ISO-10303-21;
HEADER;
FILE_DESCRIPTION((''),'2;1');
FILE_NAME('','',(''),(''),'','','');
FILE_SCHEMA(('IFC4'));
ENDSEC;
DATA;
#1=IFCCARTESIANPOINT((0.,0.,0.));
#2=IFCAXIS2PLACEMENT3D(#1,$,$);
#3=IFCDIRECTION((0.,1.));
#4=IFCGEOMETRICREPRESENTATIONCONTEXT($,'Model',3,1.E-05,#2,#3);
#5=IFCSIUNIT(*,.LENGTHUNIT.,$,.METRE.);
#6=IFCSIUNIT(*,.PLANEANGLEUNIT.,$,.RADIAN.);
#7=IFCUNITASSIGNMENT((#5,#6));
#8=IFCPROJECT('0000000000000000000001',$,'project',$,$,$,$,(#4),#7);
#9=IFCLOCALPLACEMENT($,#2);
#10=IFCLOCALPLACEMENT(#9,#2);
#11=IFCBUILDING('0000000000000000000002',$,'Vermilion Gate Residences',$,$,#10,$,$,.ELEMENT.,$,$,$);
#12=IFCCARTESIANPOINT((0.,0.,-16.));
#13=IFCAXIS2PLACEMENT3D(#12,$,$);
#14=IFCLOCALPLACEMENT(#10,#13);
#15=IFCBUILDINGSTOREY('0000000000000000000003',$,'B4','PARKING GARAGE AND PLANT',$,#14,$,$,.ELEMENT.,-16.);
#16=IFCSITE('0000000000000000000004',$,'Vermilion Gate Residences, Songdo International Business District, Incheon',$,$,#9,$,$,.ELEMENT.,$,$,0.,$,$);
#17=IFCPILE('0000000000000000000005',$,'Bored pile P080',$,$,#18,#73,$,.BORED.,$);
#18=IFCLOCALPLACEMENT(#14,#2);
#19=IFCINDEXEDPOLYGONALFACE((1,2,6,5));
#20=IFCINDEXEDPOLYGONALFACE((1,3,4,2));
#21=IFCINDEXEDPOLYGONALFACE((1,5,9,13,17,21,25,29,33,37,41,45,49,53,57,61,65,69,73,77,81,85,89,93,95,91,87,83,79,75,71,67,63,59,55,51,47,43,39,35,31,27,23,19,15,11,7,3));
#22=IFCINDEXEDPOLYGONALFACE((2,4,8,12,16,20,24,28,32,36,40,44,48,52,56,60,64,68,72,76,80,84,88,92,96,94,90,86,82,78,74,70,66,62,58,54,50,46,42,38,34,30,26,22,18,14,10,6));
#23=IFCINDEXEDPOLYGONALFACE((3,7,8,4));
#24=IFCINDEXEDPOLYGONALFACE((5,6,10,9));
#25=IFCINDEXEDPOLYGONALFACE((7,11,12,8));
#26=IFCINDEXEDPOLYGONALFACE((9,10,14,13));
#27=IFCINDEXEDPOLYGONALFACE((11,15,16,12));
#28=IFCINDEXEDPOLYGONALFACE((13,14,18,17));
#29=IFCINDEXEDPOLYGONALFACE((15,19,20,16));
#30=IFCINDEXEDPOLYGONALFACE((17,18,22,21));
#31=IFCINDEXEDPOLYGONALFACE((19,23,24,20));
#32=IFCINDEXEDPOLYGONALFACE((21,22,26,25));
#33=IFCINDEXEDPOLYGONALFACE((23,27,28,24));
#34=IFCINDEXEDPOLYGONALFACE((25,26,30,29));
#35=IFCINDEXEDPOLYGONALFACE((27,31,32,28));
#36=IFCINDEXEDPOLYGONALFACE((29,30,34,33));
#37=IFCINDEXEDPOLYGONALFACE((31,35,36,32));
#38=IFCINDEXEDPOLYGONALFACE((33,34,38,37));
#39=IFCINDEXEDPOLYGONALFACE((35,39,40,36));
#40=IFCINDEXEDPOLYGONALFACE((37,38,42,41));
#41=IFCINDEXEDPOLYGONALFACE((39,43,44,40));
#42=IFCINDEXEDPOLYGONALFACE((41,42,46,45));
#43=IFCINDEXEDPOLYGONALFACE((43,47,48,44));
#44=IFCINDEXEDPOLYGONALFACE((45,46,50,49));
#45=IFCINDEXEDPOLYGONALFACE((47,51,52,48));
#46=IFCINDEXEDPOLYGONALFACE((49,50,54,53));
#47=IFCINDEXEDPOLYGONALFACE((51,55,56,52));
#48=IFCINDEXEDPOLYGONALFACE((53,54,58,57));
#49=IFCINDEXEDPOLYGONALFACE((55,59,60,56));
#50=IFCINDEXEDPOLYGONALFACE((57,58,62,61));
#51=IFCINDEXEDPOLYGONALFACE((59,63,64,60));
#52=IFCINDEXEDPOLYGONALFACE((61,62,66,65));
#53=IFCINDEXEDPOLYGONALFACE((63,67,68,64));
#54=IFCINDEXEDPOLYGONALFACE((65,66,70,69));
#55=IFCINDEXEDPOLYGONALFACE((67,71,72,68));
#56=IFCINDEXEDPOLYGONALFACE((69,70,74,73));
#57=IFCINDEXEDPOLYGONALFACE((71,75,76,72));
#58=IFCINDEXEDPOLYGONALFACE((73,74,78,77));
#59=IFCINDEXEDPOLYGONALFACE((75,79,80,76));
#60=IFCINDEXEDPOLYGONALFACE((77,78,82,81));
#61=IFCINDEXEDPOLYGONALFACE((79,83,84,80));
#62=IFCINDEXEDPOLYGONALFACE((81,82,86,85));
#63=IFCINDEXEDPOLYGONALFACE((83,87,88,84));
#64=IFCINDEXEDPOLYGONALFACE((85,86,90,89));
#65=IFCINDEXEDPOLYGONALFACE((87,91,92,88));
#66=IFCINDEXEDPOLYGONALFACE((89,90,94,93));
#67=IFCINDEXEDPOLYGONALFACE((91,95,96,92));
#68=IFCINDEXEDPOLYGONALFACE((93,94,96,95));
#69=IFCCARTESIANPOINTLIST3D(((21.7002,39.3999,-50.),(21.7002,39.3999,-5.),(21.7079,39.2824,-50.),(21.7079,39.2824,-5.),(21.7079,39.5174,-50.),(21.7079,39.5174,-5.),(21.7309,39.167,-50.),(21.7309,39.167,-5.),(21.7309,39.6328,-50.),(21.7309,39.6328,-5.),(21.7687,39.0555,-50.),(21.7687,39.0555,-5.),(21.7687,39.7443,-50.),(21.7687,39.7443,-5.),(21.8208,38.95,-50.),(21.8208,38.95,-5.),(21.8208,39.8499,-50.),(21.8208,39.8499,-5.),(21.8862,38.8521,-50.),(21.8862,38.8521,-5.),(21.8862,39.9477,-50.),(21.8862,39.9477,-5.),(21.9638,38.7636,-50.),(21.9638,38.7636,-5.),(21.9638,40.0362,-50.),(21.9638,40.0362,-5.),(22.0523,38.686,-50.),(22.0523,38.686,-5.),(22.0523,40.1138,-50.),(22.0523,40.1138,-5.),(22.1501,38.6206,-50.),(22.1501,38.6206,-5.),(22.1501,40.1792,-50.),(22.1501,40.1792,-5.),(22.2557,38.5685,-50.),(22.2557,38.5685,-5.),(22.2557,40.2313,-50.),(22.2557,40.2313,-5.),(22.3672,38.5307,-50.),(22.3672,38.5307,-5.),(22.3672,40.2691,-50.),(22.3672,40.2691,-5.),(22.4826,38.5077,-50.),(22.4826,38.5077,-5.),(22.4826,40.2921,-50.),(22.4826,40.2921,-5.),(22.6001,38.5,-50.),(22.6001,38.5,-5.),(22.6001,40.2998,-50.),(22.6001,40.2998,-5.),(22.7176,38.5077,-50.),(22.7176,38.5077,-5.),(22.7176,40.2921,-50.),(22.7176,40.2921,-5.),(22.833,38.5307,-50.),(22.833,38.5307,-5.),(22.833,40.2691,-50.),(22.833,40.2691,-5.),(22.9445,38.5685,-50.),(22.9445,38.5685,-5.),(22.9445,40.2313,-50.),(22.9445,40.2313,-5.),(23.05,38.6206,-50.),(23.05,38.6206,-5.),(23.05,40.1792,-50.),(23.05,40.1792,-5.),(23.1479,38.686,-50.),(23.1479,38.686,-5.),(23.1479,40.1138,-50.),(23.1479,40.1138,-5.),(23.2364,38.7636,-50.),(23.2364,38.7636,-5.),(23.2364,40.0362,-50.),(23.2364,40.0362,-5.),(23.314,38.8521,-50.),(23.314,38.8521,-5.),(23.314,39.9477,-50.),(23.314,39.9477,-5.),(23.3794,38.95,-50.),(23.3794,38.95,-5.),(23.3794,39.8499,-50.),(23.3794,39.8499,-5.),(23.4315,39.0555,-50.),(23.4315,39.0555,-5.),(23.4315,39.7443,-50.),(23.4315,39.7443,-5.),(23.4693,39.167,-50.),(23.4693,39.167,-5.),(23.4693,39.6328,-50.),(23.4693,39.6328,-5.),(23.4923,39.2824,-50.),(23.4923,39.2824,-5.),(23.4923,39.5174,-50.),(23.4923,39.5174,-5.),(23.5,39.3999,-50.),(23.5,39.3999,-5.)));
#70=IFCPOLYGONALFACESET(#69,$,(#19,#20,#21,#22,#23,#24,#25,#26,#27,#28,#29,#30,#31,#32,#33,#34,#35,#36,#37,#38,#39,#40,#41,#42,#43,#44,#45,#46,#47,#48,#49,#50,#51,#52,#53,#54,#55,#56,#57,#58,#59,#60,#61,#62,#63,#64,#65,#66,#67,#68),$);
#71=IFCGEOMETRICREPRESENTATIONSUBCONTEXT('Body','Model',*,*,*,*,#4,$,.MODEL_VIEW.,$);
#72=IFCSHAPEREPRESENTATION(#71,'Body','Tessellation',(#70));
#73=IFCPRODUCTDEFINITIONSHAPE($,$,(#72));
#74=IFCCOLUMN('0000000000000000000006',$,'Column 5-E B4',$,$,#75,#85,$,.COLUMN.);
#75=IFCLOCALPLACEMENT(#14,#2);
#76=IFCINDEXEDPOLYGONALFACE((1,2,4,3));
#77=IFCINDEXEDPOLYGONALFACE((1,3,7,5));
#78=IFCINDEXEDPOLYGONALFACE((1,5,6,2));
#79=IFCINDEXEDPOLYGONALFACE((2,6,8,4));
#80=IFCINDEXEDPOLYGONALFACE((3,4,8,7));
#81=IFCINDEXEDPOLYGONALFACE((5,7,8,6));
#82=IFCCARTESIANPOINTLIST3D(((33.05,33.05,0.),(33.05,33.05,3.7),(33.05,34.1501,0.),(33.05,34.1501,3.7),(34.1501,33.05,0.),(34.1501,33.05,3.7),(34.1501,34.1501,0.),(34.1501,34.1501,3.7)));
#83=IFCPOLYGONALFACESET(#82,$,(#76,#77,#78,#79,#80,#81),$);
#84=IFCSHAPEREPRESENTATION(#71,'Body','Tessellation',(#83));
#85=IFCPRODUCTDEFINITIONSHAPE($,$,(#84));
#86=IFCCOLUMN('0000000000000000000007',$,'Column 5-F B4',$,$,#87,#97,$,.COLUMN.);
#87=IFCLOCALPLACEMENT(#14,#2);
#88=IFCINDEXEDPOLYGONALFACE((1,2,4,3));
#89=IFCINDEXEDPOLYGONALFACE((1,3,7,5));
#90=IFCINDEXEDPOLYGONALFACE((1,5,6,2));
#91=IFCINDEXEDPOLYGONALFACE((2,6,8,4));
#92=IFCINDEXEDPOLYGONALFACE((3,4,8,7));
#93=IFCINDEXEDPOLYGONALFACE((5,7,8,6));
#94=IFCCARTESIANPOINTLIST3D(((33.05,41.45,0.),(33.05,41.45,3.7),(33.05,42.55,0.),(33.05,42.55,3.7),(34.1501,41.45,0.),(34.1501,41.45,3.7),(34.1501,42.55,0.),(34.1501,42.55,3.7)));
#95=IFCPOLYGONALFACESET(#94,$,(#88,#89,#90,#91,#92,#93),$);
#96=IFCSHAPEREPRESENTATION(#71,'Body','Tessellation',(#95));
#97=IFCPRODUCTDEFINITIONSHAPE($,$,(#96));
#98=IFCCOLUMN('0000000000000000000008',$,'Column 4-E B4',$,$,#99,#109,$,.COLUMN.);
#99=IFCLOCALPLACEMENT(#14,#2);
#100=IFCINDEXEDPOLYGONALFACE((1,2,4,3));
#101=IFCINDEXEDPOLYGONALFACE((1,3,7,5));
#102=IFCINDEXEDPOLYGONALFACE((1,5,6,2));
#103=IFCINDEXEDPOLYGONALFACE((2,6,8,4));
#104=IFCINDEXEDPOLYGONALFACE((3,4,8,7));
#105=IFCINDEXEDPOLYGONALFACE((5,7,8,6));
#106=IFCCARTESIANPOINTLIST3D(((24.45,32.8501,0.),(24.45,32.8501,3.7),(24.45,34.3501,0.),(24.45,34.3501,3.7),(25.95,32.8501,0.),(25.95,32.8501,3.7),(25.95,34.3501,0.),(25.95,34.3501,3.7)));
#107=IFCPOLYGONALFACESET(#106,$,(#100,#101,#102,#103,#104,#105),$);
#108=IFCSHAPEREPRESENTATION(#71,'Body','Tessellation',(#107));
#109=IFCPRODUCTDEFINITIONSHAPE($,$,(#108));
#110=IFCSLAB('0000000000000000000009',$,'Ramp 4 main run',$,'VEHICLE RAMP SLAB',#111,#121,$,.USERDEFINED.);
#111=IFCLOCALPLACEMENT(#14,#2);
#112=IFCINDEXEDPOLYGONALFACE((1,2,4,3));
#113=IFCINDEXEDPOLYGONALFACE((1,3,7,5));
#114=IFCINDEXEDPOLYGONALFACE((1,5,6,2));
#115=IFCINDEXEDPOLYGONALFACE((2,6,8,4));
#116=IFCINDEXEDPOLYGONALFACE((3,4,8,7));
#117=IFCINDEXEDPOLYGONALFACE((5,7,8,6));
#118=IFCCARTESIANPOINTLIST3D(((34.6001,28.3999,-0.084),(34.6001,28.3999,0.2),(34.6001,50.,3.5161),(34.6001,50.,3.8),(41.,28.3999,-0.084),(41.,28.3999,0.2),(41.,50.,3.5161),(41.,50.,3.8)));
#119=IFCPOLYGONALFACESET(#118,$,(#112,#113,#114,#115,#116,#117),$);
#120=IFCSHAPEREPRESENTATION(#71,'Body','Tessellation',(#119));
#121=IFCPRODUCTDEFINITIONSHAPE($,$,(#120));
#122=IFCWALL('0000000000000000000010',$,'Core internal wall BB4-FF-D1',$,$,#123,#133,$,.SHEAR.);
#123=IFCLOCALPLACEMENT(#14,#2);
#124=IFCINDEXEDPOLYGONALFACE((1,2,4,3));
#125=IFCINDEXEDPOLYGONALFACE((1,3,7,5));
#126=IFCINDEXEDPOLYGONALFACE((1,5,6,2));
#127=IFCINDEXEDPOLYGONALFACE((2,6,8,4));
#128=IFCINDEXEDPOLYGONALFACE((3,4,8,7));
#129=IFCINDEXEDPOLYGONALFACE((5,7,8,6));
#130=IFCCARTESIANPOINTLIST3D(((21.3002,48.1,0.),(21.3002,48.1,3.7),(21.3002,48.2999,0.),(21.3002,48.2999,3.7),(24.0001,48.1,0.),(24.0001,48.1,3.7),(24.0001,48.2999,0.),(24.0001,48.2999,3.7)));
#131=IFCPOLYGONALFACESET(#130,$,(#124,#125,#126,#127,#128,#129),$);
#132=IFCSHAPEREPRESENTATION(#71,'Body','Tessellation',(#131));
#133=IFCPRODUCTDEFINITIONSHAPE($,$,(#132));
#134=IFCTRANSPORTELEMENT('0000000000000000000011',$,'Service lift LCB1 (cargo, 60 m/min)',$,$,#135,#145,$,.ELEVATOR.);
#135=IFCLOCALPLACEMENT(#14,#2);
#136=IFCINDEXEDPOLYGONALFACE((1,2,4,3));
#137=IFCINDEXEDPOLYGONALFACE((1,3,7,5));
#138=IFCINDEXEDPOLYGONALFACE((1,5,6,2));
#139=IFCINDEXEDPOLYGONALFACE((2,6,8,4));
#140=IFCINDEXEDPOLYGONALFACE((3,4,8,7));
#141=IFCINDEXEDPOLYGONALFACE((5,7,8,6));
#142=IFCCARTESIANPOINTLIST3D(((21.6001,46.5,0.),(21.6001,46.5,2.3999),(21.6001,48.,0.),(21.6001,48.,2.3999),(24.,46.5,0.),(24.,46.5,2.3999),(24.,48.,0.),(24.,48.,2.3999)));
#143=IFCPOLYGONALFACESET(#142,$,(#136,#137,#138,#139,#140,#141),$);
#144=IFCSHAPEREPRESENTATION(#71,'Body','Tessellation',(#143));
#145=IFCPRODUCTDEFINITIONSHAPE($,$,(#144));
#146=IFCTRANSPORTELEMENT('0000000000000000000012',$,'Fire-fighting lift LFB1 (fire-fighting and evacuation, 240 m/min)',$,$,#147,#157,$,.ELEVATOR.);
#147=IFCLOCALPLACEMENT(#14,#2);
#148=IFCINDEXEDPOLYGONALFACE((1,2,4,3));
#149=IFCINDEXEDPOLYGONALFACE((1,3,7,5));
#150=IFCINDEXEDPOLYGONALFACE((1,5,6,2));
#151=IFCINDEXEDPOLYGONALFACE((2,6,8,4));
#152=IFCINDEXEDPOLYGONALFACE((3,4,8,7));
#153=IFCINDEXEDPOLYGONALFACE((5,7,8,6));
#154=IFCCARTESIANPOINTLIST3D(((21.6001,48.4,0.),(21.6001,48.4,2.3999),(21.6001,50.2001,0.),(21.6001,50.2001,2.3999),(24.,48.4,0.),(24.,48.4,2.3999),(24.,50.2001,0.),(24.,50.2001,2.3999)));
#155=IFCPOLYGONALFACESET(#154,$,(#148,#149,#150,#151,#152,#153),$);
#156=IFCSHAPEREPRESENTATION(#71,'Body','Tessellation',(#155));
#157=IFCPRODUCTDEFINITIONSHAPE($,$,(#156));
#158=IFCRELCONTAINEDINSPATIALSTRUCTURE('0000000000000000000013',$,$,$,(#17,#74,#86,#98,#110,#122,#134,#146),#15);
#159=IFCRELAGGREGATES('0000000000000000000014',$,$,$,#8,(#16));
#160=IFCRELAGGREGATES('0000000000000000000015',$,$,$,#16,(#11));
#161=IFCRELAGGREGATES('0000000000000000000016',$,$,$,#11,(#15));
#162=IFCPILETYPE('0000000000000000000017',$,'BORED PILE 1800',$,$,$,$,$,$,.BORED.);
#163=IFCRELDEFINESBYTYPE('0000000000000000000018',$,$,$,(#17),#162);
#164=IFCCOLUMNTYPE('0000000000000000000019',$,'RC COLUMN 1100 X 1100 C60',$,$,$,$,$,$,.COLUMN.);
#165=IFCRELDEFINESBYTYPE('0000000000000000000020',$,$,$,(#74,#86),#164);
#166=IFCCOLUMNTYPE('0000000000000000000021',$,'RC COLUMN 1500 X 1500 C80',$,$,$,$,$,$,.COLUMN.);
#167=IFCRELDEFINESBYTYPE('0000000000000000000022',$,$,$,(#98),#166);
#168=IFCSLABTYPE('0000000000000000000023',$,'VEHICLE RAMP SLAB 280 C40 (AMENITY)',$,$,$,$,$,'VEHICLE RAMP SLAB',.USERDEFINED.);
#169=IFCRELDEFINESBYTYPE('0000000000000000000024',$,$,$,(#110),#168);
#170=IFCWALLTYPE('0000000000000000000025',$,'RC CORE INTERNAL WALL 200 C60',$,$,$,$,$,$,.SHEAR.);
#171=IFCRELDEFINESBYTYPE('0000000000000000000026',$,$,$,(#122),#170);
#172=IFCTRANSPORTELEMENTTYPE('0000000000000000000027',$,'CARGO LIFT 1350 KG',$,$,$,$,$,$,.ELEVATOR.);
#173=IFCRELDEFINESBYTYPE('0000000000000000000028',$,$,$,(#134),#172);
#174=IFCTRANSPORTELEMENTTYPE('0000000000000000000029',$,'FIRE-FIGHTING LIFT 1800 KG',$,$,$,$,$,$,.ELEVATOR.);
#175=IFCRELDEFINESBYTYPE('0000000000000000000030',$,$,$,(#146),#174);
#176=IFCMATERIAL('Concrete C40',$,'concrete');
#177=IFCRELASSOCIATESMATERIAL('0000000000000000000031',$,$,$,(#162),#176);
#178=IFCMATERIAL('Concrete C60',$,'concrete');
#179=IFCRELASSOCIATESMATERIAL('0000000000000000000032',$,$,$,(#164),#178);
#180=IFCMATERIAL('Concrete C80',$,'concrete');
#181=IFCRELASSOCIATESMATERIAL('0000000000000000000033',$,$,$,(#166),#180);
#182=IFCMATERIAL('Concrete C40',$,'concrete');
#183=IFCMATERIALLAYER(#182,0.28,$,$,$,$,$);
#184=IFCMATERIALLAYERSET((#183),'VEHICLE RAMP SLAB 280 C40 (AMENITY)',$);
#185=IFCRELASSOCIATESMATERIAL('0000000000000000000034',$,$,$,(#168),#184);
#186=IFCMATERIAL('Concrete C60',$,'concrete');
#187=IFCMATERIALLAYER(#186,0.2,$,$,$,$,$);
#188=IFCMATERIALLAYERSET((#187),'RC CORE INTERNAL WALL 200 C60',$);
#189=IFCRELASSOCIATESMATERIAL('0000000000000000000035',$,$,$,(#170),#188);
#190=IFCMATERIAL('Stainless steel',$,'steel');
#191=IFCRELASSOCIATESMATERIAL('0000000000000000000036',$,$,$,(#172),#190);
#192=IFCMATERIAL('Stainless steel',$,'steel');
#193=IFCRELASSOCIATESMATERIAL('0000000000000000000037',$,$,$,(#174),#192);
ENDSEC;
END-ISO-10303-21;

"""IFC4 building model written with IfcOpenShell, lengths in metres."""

from ifc_helpers import new_model, si_unit, direction, frame, frame_2d, origin, origin_2d, place, context, subcontext, project, spatial, polyline, rectangle, circle, outline, extrude, material, layer, layer_set, material_profile, profile_set, type_object, element, save


model = new_model("IFC4")

# Units and contexts
model_context = context("Model", 3, precision=1e-05, world=origin(), true_north=direction((0.0, 1.0)))
body_context = subcontext(model_context, "Body", "Model", "MODEL_VIEW")
ifc_project = project(units=[si_unit("LENGTHUNIT", "METRE"), si_unit("PLANEANGLEUNIT", "RADIAN")], contexts=[model_context])

# Site, building, storey
site_placement = place(None, origin())
site = spatial("IfcSite", under=ifc_project, at=site_placement, Name="Vermilion Gate Residences, Songdo International Business District, Incheon", CompositionType="ELEMENT", RefElevation=0.0)
building_placement = place(site_placement, origin())
building = spatial("IfcBuilding", under=site, at=building_placement, Name="Vermilion Gate Residences", CompositionType="ELEMENT")
storey_placement = place(building_placement, frame((0.0, 0.0, -16.0)))
storey = spatial("IfcBuildingStorey", under=building, at=storey_placement, Name="B4", Description="PARKING GARAGE AND PLANT", CompositionType="ELEMENT", Elevation=-16.0)

# Pile
ifc_material_1 = material(Name="Concrete C40", Category="concrete")
ifc_material_profile_1 = material_profile(ifc_material_1, circle(Radius=0.8999, at=origin_2d()), Name="BORED PILE 1800")
ifc_profile_set_1 = profile_set([ifc_material_profile_1], Name="Concrete C40")
pile_type_1 = type_object("IfcPileType", Name="BORED PILE 1800", PredefinedType="BORED", material=ifc_profile_set_1)
for number, where, z_axis, x_axis, name in (
    (1, (22.6001, 39.3999, -5.0), (0.0, 0.0, -1.0), (1.0, 0.0, 0.0), "Bored pile P080"),
):
    element("IfcPile", number, at=place(storey_placement, frame(where, z_axis=z_axis, x_axis=x_axis)), inside=storey, type_object=pile_type_1, Name=name, PredefinedType="BORED", context=body_context, shape_type="SweptSolid", body=[
        extrude(circle(Radius=0.8999, at=origin_2d()), origin(), (0.0, 0.0, 1.0), 45.0),
    ])

# Columns
ifc_material_2 = material(Name="Concrete C60", Category="concrete")
ifc_material_profile_2 = material_profile(ifc_material_2, rectangle(XDim=1.1001, YDim=1.1001, at=origin_2d()), Name="RC-1100x1100")
ifc_profile_set_2 = profile_set([ifc_material_profile_2], Name="Concrete C60")
column_type_1 = type_object("IfcColumnType", Name="RC COLUMN 1100 X 1100 C60", PredefinedType="COLUMN", material=ifc_profile_set_2)
for number, where, z_axis, x_axis, name in (
    (2, (33.6001, 33.6001, 0.0), (0.0, 0.0, 1.0), (1.0, 0.0, 0.0), "Column 5-E B4"),
    (3, (33.6001, 42.0, 0.0), (0.0, 0.0, 1.0), (1.0, 0.0, 0.0), "Column 5-F B4"),
):
    element("IfcColumn", number, at=place(storey_placement, frame(where, z_axis=z_axis, x_axis=x_axis)), inside=storey, type_object=column_type_1, Name=name, PredefinedType="COLUMN", context=body_context, shape_type="SweptSolid", body=[
        extrude(rectangle(XDim=1.1001, YDim=1.1001, at=origin_2d()), origin(), (0.0, 0.0, 1.0), 3.7),
    ])
ifc_material_3 = material(Name="Concrete C80", Category="concrete")
ifc_material_profile_3 = material_profile(ifc_material_3, rectangle(XDim=1.5, YDim=1.5, at=origin_2d()), Name="RC-1500x1500")
ifc_profile_set_3 = profile_set([ifc_material_profile_3], Name="Concrete C80")
column_type_2 = type_object("IfcColumnType", Name="RC COLUMN 1500 X 1500 C80", PredefinedType="COLUMN", material=ifc_profile_set_3)
column_placement = place(storey_placement, frame((25.2, 33.6001, 0.0), z_axis=(0.0, 0.0, 1.0), x_axis=(1.0, 0.0, 0.0)))
element("IfcColumn", 4, at=column_placement, inside=storey, type_object=column_type_2, Name="Column 4-E B4", PredefinedType="COLUMN", context=body_context, shape_type="SweptSolid", body=[
    extrude(rectangle(XDim=1.5, YDim=1.5, at=origin_2d()), origin(), (0.0, 0.0, 1.0), 3.7),
])

# Slab
ifc_material_4 = material(Name="Concrete C40", Category="concrete")
ifc_layer_1 = layer(ifc_material_4, 0.28)
ifc_layer_set_1 = layer_set([ifc_layer_1], Name="VEHICLE RAMP SLAB 280 C40 (AMENITY)")
slab_type = type_object("IfcSlabType", Name="VEHICLE RAMP SLAB 280 C40 (AMENITY)", ElementType="VEHICLE RAMP SLAB", PredefinedType="USERDEFINED", material=ifc_layer_set_1)
slab_placement = place(storey_placement, frame((37.8, 50.0, 3.8), z_axis=(0.0, 0.0, 1.0), x_axis=(0.0, -1.0, 0.0)))
element("IfcSlab", 5, at=slab_placement, inside=storey, type_object=slab_type, Name="Ramp 4 main run", ObjectType="VEHICLE RAMP SLAB", PredefinedType="USERDEFINED", context=body_context, shape_type="SweptSolid", body=[
    extrude(outline(polyline([(0.0, 0.0), (21.6001, -3.6001), (21.6001, -3.884), (0.0, -0.2839), (0.0, 0.0)])), frame((0.0, 3.2, 0.0), z_axis=(0.0, -1.0, 0.0), x_axis=(1.0, 0.0, 0.0)), (0.0, 0.0, 1.0), 6.3999),
])

# Wall
ifc_material_5 = material(Name="Concrete C60", Category="concrete")
ifc_layer_2 = layer(ifc_material_5, 0.2)
ifc_layer_set_2 = layer_set([ifc_layer_2], Name="RC CORE INTERNAL WALL 200 C60")
wall_type = type_object("IfcWallType", Name="RC CORE INTERNAL WALL 200 C60", PredefinedType="SHEAR", material=ifc_layer_set_2)
wall_placement = place(storey_placement, frame((21.3, 48.2, 0.0), z_axis=(0.0, 0.0, 1.0), x_axis=(1.0, 0.0, 0.0)))
element("IfcWall", 6, at=wall_placement, inside=storey, type_object=wall_type, Name="Core internal wall BB4-FF-D1", PredefinedType="SHEAR", context=body_context, shape_type="SweptSolid", body=[
    extrude(rectangle(XDim=2.7, YDim=0.2, at=frame_2d((1.3501, 0.0))), origin(), (0.0, 0.0, 1.0), 3.7),
])

# Transport elements
ifc_material_6 = material(Name="Stainless steel", Category="steel")
transport_element_type_1 = type_object("IfcTransportElementType", Name="CARGO LIFT 1350 KG", PredefinedType="ELEVATOR", material=ifc_material_6)
transport_element_1_placement = place(storey_placement, frame((22.8, 47.25, 0.0), z_axis=(0.0, 0.0, 1.0), x_axis=(1.0, 0.0, 0.0)))
element("IfcTransportElement", 7, at=transport_element_1_placement, inside=storey, type_object=transport_element_type_1, Name="Service lift LCB1 (cargo, 60 m/min)", PredefinedType="ELEVATOR", context=body_context, shape_type="SweptSolid", body=[
    extrude(rectangle(XDim=2.3999, YDim=1.5, at=origin_2d()), origin(), (0.0, 0.0, 1.0), 2.3999),
])
ifc_material_7 = material(Name="Stainless steel", Category="steel")
transport_element_type_2 = type_object("IfcTransportElementType", Name="FIRE-FIGHTING LIFT 1800 KG", PredefinedType="ELEVATOR", material=ifc_material_7)
transport_element_2_placement = place(storey_placement, frame((22.8, 49.3, 0.0), z_axis=(0.0, 0.0, 1.0), x_axis=(1.0, 0.0, 0.0)))
element("IfcTransportElement", 8, at=transport_element_2_placement, inside=storey, type_object=transport_element_type_2, Name="Fire-fighting lift LFB1 (fire-fighting and evacuation, 240 m/min)", PredefinedType="ELEVATOR", context=body_context, shape_type="SweptSolid", body=[
    extrude(rectangle(XDim=2.3999, YDim=1.8, at=origin_2d()), origin(), (0.0, 0.0, 1.0), 2.3999),
])

save(model, "model.ifc")
